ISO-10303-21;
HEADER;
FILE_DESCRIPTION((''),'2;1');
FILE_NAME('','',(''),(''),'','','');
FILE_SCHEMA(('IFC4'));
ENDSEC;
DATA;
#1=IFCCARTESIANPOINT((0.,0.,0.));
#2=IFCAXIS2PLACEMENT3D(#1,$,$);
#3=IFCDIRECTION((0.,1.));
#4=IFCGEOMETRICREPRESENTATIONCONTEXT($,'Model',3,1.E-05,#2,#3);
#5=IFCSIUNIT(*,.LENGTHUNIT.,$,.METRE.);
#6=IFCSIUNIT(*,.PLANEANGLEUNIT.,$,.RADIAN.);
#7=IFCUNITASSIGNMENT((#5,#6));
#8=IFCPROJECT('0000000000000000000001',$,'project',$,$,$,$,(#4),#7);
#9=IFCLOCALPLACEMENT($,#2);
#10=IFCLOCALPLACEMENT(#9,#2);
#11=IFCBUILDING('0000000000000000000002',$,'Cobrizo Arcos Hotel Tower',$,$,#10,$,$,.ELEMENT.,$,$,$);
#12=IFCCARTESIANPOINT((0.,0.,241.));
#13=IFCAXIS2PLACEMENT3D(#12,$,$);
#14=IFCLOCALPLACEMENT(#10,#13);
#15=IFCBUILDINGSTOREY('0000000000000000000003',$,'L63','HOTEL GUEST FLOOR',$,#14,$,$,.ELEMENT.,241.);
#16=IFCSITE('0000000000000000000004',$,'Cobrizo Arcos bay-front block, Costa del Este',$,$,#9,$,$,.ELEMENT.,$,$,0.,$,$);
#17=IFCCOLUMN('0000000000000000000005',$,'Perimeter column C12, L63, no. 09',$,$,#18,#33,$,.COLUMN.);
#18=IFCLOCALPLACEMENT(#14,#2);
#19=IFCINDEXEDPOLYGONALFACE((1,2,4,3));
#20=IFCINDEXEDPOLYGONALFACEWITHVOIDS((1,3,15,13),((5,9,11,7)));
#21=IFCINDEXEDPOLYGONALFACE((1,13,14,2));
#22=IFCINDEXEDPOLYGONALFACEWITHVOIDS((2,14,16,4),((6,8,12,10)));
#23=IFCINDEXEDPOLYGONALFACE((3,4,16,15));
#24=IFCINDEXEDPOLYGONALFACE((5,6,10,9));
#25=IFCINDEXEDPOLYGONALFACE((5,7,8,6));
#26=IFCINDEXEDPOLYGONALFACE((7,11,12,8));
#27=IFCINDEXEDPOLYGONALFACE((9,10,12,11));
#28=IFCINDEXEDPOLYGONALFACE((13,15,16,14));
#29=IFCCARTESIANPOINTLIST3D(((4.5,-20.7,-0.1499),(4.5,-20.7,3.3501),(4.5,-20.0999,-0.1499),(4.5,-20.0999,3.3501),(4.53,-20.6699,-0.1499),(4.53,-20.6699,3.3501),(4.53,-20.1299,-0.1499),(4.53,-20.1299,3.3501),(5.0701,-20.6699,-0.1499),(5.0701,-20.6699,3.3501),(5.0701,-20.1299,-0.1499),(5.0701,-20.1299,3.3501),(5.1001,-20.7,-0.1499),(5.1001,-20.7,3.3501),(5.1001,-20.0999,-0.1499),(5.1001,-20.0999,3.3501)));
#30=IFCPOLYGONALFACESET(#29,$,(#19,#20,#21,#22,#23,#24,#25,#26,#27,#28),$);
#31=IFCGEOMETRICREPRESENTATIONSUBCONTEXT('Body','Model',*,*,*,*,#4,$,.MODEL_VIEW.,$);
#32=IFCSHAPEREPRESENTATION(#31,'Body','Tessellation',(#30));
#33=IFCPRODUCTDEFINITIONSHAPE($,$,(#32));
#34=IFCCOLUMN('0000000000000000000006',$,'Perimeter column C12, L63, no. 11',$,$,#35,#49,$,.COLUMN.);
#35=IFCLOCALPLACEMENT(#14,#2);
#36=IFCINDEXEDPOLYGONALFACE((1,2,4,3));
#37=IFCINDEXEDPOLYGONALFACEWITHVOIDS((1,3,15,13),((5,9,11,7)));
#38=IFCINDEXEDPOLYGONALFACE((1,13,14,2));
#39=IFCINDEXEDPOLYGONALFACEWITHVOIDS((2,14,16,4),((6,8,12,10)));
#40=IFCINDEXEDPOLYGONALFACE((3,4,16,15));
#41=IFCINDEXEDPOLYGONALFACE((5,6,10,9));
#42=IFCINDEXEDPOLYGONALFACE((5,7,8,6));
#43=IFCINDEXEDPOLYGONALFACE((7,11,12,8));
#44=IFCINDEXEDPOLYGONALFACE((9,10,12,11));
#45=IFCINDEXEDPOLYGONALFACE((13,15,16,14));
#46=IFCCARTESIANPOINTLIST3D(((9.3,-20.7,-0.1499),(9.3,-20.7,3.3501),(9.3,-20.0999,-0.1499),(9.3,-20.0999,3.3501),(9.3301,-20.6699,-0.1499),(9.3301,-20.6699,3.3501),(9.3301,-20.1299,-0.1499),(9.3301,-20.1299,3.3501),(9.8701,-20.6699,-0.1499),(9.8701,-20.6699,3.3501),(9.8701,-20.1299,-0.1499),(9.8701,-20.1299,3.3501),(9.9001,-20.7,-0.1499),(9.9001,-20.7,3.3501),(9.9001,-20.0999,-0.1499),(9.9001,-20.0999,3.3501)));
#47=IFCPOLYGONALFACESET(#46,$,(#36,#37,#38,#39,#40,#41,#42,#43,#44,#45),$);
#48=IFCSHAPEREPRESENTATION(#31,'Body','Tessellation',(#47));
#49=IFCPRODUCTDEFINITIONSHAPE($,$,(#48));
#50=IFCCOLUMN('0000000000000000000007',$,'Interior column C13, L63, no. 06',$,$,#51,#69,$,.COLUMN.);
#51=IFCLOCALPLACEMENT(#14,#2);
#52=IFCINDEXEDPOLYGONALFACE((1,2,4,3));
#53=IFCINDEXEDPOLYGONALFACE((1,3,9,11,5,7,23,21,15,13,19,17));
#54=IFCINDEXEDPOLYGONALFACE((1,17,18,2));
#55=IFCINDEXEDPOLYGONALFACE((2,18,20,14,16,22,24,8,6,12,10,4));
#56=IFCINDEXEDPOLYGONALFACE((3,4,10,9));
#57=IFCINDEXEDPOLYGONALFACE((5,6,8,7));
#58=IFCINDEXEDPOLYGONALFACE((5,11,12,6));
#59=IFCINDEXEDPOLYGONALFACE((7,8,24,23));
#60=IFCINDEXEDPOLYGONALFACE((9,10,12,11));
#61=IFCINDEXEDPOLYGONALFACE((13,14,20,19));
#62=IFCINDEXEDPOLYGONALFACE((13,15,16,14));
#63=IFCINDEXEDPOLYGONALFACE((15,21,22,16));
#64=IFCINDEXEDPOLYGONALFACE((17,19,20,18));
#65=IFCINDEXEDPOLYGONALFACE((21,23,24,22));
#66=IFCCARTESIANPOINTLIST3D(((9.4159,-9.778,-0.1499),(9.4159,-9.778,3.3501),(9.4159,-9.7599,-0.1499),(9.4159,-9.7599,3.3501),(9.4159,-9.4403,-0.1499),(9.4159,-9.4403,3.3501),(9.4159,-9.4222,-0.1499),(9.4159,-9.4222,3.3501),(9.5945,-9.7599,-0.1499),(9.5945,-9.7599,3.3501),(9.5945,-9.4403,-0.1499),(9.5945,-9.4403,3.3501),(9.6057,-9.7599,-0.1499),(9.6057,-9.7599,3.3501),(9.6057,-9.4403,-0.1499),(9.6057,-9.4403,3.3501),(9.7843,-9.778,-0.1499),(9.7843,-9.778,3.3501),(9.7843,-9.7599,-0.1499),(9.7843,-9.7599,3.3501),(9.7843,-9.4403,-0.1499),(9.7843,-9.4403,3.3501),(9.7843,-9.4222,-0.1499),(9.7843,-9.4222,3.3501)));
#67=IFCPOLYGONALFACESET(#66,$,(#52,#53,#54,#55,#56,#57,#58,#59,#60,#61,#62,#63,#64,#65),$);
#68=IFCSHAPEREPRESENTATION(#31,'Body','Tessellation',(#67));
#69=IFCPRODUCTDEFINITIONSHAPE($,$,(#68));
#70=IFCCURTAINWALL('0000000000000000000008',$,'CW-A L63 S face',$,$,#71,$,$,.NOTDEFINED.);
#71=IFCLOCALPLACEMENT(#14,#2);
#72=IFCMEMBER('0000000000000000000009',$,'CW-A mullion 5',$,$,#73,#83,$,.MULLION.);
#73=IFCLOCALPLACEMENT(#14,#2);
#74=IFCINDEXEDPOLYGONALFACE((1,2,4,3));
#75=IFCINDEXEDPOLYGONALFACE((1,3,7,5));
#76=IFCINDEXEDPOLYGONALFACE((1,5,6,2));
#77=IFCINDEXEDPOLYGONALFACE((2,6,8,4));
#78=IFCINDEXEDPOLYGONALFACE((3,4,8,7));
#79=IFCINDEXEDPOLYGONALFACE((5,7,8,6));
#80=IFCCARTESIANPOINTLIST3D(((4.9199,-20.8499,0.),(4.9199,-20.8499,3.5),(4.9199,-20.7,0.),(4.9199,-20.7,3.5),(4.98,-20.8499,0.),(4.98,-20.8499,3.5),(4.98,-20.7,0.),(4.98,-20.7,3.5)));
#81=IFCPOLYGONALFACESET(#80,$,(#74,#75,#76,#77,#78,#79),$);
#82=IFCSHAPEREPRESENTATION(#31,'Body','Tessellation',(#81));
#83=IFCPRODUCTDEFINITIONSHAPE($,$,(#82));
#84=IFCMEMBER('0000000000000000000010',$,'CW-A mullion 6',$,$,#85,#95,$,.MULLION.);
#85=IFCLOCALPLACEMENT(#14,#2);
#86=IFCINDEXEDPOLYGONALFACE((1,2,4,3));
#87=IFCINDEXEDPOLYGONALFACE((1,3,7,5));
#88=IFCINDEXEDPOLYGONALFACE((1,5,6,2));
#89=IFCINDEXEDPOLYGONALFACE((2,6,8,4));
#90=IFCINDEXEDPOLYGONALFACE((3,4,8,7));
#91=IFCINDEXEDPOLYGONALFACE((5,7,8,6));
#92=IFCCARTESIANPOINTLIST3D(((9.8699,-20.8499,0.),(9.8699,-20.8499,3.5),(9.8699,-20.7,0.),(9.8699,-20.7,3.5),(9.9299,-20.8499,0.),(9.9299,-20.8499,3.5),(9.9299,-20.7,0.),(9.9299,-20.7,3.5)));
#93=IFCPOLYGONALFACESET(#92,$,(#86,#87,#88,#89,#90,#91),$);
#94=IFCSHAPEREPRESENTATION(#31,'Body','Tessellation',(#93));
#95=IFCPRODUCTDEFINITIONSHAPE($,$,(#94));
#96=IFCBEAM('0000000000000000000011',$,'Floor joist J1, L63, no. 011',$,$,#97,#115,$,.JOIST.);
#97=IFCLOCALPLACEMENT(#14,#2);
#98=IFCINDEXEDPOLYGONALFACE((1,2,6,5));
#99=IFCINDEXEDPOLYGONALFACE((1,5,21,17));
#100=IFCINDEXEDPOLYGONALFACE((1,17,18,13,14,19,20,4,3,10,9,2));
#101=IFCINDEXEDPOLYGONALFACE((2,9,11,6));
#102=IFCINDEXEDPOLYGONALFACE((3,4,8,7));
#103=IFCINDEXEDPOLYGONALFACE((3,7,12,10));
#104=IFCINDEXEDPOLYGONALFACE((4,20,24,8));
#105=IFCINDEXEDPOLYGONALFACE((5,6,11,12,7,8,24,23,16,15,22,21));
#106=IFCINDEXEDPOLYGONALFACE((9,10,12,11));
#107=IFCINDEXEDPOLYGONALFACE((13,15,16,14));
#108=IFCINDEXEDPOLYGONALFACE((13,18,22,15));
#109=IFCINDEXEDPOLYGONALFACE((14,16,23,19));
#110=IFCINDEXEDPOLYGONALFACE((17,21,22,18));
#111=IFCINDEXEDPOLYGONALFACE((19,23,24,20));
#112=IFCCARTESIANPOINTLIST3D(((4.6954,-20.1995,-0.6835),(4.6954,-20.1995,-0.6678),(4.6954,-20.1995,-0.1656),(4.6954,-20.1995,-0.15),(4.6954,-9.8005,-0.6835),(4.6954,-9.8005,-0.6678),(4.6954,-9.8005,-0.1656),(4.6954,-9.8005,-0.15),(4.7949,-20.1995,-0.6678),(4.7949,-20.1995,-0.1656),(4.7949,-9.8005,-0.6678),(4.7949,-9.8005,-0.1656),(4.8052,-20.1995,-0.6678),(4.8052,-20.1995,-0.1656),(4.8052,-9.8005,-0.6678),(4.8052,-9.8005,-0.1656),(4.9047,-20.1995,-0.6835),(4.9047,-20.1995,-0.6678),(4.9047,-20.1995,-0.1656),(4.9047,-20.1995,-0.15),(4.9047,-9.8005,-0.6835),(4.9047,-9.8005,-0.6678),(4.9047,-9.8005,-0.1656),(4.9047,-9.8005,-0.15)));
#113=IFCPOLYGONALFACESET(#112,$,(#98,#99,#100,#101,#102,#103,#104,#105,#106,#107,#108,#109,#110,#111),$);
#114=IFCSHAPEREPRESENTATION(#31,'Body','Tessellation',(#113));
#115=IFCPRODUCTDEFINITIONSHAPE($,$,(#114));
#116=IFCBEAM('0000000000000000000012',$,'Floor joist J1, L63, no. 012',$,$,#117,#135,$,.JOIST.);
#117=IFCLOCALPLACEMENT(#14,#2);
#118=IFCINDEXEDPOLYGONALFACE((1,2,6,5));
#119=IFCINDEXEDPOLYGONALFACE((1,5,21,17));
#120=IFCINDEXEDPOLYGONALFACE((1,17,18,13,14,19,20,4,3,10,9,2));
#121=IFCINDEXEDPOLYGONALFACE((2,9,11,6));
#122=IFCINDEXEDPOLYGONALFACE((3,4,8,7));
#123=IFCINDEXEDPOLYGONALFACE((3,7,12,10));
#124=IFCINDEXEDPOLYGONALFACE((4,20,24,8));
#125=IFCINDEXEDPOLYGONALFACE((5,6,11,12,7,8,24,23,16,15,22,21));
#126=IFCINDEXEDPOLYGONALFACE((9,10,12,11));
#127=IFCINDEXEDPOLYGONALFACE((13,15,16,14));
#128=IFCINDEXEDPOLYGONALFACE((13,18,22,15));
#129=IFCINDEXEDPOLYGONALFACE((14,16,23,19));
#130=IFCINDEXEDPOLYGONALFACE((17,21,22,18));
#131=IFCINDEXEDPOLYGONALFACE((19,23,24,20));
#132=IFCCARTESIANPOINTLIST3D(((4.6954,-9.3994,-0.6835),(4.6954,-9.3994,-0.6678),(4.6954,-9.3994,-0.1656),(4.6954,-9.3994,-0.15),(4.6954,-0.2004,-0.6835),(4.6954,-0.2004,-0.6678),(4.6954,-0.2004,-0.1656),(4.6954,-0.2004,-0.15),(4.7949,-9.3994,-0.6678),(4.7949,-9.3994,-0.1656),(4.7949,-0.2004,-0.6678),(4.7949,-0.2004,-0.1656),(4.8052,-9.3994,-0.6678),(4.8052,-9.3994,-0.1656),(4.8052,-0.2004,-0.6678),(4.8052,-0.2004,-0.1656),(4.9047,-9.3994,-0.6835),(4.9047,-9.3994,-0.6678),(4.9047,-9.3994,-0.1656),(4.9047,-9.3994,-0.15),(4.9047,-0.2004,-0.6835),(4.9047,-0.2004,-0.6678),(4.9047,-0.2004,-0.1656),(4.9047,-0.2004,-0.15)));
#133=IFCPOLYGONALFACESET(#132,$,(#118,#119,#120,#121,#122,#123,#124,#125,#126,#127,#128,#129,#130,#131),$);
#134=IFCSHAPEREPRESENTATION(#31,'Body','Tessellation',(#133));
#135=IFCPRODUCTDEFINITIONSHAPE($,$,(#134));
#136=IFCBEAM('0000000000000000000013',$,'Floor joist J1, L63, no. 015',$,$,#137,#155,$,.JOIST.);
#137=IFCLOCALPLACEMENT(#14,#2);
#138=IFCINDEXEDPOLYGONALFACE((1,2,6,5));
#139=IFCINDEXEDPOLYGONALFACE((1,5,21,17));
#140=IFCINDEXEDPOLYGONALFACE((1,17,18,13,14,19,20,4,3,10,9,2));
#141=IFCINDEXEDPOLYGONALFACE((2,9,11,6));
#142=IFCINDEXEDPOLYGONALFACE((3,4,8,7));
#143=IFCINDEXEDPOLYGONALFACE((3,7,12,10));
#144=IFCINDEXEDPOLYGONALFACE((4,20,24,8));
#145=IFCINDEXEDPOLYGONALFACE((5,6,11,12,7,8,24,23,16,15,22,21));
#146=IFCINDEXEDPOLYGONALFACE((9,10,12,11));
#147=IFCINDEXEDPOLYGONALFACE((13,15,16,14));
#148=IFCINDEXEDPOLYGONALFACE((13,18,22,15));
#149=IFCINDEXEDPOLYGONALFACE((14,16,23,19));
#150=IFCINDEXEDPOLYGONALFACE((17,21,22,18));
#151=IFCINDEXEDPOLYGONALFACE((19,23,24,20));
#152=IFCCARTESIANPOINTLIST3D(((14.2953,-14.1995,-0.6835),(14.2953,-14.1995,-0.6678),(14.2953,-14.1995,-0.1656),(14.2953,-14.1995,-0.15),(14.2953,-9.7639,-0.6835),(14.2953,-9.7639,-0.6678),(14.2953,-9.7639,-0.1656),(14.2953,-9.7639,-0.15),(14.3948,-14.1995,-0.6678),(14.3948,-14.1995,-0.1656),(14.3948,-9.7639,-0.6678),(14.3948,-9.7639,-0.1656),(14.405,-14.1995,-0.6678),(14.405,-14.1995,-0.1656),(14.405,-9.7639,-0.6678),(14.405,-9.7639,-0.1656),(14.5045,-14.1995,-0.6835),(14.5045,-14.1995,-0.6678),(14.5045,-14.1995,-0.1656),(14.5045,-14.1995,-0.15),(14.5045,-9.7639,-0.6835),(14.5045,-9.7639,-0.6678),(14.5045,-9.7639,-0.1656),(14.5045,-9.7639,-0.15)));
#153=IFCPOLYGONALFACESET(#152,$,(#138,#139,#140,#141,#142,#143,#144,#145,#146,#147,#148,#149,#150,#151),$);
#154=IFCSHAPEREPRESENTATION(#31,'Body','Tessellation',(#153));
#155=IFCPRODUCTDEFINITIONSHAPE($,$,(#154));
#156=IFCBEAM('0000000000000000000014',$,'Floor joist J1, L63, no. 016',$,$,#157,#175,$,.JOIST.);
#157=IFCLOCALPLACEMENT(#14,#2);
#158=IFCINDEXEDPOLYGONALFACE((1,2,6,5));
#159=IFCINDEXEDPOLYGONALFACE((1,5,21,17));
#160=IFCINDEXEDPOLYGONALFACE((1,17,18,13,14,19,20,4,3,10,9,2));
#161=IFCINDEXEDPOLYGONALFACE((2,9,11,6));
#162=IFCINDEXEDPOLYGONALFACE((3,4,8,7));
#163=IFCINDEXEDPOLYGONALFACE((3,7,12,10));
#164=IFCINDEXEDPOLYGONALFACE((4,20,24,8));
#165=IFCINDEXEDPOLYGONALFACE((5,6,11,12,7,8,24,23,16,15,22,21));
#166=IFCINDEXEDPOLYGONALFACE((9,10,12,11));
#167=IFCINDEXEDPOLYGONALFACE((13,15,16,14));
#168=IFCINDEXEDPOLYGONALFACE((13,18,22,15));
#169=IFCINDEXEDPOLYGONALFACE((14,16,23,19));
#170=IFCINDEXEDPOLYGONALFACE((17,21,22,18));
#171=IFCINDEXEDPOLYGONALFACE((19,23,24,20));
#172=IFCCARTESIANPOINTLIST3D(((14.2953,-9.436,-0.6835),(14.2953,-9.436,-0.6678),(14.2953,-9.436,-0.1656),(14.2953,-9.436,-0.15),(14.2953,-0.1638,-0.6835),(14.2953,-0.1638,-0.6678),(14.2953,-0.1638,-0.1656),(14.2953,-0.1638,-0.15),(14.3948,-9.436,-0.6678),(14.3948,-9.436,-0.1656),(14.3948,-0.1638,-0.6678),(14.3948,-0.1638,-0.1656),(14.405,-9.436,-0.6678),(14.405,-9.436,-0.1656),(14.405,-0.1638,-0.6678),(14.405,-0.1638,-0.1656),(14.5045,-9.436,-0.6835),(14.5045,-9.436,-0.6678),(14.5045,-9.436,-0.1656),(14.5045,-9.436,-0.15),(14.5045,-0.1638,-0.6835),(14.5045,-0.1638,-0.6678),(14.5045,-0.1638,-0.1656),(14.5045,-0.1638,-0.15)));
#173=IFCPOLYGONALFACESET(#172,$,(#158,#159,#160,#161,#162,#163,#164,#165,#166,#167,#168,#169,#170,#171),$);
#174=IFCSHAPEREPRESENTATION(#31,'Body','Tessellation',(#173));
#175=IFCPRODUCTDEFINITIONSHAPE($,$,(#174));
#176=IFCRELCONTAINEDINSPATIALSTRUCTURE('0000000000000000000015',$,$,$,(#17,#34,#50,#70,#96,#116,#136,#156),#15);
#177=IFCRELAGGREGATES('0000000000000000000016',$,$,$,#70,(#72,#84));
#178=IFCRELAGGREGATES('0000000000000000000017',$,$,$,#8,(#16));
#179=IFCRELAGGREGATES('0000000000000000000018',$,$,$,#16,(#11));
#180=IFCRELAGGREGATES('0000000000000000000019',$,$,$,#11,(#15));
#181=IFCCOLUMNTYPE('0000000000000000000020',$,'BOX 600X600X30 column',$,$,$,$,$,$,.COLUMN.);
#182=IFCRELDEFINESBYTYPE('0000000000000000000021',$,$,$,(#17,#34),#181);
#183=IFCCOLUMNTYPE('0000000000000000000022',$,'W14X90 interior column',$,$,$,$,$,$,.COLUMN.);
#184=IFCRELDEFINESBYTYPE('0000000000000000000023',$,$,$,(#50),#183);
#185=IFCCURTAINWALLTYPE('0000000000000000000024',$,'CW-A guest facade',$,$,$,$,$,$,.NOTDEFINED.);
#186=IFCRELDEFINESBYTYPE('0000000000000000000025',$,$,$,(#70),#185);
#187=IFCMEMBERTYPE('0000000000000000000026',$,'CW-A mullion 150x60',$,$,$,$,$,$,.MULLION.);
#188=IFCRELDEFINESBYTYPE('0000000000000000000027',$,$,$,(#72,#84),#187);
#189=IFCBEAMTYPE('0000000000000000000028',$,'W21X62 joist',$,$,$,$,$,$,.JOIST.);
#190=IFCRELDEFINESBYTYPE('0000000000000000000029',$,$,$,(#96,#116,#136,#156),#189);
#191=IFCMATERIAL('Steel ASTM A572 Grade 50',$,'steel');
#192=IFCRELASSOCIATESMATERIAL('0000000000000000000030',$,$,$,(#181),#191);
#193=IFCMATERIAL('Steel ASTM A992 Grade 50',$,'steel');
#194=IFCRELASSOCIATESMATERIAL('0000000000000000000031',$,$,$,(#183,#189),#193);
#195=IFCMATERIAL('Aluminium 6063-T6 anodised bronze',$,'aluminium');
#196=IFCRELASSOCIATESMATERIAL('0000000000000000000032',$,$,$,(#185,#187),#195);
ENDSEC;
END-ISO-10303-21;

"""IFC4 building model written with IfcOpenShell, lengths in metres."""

from ifc_helpers import new_model, si_unit, direction, frame, origin, origin_2d, place, context, subcontext, project, spatial, rectangle, hollow_rectangle, i_section, extrude, material, material_profile, profile_set, type_object, element, aggregate, save


model = new_model("IFC4")

# Units and contexts
model_context = context("Model", 3, precision=1e-05, world=origin(), true_north=direction((0.0, 1.0)))
body_context = subcontext(model_context, "Body", "Model", "MODEL_VIEW")
ifc_project = project(units=[si_unit("LENGTHUNIT", "METRE"), si_unit("PLANEANGLEUNIT", "RADIAN")], contexts=[model_context])

# Site, building, storey
site_placement = place(None, origin())
site = spatial("IfcSite", under=ifc_project, at=site_placement, Name="Cobrizo Arcos bay-front block, Costa del Este", CompositionType="ELEMENT", RefElevation=0.0)
building_placement = place(site_placement, origin())
building = spatial("IfcBuilding", under=site, at=building_placement, Name="Cobrizo Arcos Hotel Tower", CompositionType="ELEMENT")
storey_placement = place(building_placement, frame((0.0, 0.0, 241.0)))
storey = spatial("IfcBuildingStorey", under=building, at=storey_placement, Name="L63", Description="HOTEL GUEST FLOOR", CompositionType="ELEMENT", Elevation=241.0)

# Columns
ifc_material_1 = material(Name="Steel ASTM A572 Grade 50", Category="steel")
ifc_material_profile_1 = material_profile(ifc_material_1, hollow_rectangle(XDim=0.6001, YDim=0.6001, WallThickness=0.03, at=origin_2d()), Name="BOX 600X600X30")
ifc_profile_set_1 = profile_set([ifc_material_profile_1], Name="Steel ASTM A572 Grade 50")
column_type_1 = type_object("IfcColumnType", Name="BOX 600X600X30 column", PredefinedType="COLUMN", material=ifc_profile_set_1)
for number, where, z_axis, x_axis, name in (
    (1, (4.8, -20.3999, -0.1499), (0.0, 0.0, 1.0), (1.0, 0.0, 0.0), "Perimeter column C12, L63, no. 09"),
    (2, (9.6001, -20.3999, -0.1499), (0.0, 0.0, 1.0), (1.0, 0.0, 0.0), "Perimeter column C12, L63, no. 11"),
):
    element("IfcColumn", number, at=place(storey_placement, frame(where, z_axis=z_axis, x_axis=x_axis)), inside=storey, type_object=column_type_1, Name=name, PredefinedType="COLUMN", context=body_context, shape_type="SweptSolid", body=[
        extrude(hollow_rectangle(XDim=0.6001, YDim=0.6001, WallThickness=0.03, at=origin_2d()), origin(), (0.0, 0.0, 1.0), 3.5),
    ])
ifc_material_2 = material(Name="Steel ASTM A992 Grade 50", Category="steel")
ifc_material_profile_2 = material_profile(ifc_material_2, i_section(OverallWidth=0.3684, OverallDepth=0.3557, WebThickness=0.0112, FlangeThickness=0.0181, at=origin_2d()), Name="W14X90")
ifc_profile_set_2 = profile_set([ifc_material_profile_2], Name="Steel ASTM A992 Grade 50")
column_type_2 = type_object("IfcColumnType", Name="W14X90 interior column", PredefinedType="COLUMN", material=ifc_profile_set_2)
column_placement = place(storey_placement, frame((9.6001, -9.6001, -0.1499), z_axis=(0.0, 0.0, 1.0), x_axis=(1.0, 0.0, 0.0)))
element("IfcColumn", 3, at=column_placement, inside=storey, type_object=column_type_2, Name="Interior column C13, L63, no. 06", PredefinedType="COLUMN", context=body_context, shape_type="SweptSolid", body=[
    extrude(i_section(OverallWidth=0.3684, OverallDepth=0.3557, WebThickness=0.0112, FlangeThickness=0.0181, at=origin_2d()), origin(), (0.0, 0.0, 1.0), 3.5),
])

# Curtain wall, members
ifc_material_3 = material(Name="Aluminium 6063-T6 anodised bronze", Category="aluminium")
curtain_wall_type = type_object("IfcCurtainWallType", Name="CW-A guest facade", PredefinedType="NOTDEFINED", material=ifc_material_3)
curtain_wall_placement = place(storey_placement, origin())
curtain_wall = element("IfcCurtainWall", 4, at=curtain_wall_placement, inside=storey, type_object=curtain_wall_type, Name="CW-A L63 S face", PredefinedType="NOTDEFINED")
ifc_material_profile_3 = material_profile(ifc_material_3, rectangle(XDim=0.1499, YDim=0.0601, at=origin_2d()), Name="CW-A mullion 150x60")
ifc_profile_set_3 = profile_set([ifc_material_profile_3], Name="Aluminium 6063-T6 anodised bronze")
member_type = type_object("IfcMemberType", Name="CW-A mullion 150x60", PredefinedType="MULLION", material=ifc_profile_set_3)
member_1_placement = place(storey_placement, frame((4.95, -20.7749, 0.0), z_axis=(0.0, 0.0, 1.0), x_axis=(0.0, -1.0, 0.0)))
member_1 = element("IfcMember", 5, at=member_1_placement, type_object=member_type, Name="CW-A mullion 5", PredefinedType="MULLION", context=body_context, shape_type="SweptSolid", body=[
    extrude(rectangle(XDim=0.1499, YDim=0.0601, at=origin_2d()), origin(), (0.0, 0.0, 1.0), 3.5),
])
member_2_placement = place(storey_placement, frame((9.8999, -20.7749, 0.0), z_axis=(0.0, 0.0, 1.0), x_axis=(0.0, -1.0, 0.0)))
member_2 = element("IfcMember", 6, at=member_2_placement, type_object=member_type, Name="CW-A mullion 6", PredefinedType="MULLION", context=body_context, shape_type="SweptSolid", body=[
    extrude(rectangle(XDim=0.1499, YDim=0.0601, at=origin_2d()), origin(), (0.0, 0.0, 1.0), 3.5),
])

# Beams
ifc_material_profile_4 = material_profile(ifc_material_2, i_section(OverallWidth=0.2092, OverallDepth=0.5334, WebThickness=0.0103, FlangeThickness=0.0156, at=origin_2d()), Name="W21X62")
ifc_profile_set_4 = profile_set([ifc_material_profile_4], Name="Steel ASTM A992 Grade 50")
beam_type_1 = type_object("IfcBeamType", Name="W21X62 joist", PredefinedType="JOIST", material=ifc_profile_set_4)
beam_1_placement = place(storey_placement, frame((4.8, -20.1995, -0.4167), z_axis=(0.0, 1.0, 0.0), x_axis=(-1.0, 0.0, 0.0)))
element("IfcBeam", 7, at=beam_1_placement, inside=storey, type_object=beam_type_1, Name="Floor joist J1, L63, no. 011", PredefinedType="JOIST", context=body_context, shape_type="SweptSolid", body=[
    extrude(i_section(OverallWidth=0.2092, OverallDepth=0.5334, WebThickness=0.0103, FlangeThickness=0.0156, at=origin_2d()), origin(), (0.0, 0.0, 1.0), 10.3989),
])
beam_2_placement = place(storey_placement, frame((4.8, -9.3994, -0.4167), z_axis=(0.0, 1.0, 0.0), x_axis=(-1.0, 0.0, 0.0)))
element("IfcBeam", 8, at=beam_2_placement, inside=storey, type_object=beam_type_1, Name="Floor joist J1, L63, no. 012", PredefinedType="JOIST", context=body_context, shape_type="SweptSolid", body=[
    extrude(i_section(OverallWidth=0.2092, OverallDepth=0.5334, WebThickness=0.0103, FlangeThickness=0.0156, at=origin_2d()), origin(), (0.0, 0.0, 1.0), 9.199),
])
beam_3_placement = place(storey_placement, frame((14.3999, -14.1995, -0.4167), z_axis=(0.0, 1.0, 0.0), x_axis=(-1.0, 0.0, 0.0)))
element("IfcBeam", 9, at=beam_3_placement, inside=storey, type_object=beam_type_1, Name="Floor joist J1, L63, no. 015", PredefinedType="JOIST", context=body_context, shape_type="SweptSolid", body=[
    extrude(i_section(OverallWidth=0.2092, OverallDepth=0.5334, WebThickness=0.0103, FlangeThickness=0.0156, at=origin_2d()), origin(), (0.0, 0.0, 1.0), 4.4355),
])
beam_4_placement = place(storey_placement, frame((14.3999, -9.436, -0.4167), z_axis=(0.0, 1.0, 0.0), x_axis=(-1.0, 0.0, 0.0)))
element("IfcBeam", 10, at=beam_4_placement, inside=storey, type_object=beam_type_1, Name="Floor joist J1, L63, no. 016", PredefinedType="JOIST", context=body_context, shape_type="SweptSolid", body=[
    extrude(i_section(OverallWidth=0.2092, OverallDepth=0.5334, WebThickness=0.0103, FlangeThickness=0.0156, at=origin_2d()), origin(), (0.0, 0.0, 1.0), 9.2722),
])

aggregate(curtain_wall, [member_1, member_2])

save(model, "model.ifc")
